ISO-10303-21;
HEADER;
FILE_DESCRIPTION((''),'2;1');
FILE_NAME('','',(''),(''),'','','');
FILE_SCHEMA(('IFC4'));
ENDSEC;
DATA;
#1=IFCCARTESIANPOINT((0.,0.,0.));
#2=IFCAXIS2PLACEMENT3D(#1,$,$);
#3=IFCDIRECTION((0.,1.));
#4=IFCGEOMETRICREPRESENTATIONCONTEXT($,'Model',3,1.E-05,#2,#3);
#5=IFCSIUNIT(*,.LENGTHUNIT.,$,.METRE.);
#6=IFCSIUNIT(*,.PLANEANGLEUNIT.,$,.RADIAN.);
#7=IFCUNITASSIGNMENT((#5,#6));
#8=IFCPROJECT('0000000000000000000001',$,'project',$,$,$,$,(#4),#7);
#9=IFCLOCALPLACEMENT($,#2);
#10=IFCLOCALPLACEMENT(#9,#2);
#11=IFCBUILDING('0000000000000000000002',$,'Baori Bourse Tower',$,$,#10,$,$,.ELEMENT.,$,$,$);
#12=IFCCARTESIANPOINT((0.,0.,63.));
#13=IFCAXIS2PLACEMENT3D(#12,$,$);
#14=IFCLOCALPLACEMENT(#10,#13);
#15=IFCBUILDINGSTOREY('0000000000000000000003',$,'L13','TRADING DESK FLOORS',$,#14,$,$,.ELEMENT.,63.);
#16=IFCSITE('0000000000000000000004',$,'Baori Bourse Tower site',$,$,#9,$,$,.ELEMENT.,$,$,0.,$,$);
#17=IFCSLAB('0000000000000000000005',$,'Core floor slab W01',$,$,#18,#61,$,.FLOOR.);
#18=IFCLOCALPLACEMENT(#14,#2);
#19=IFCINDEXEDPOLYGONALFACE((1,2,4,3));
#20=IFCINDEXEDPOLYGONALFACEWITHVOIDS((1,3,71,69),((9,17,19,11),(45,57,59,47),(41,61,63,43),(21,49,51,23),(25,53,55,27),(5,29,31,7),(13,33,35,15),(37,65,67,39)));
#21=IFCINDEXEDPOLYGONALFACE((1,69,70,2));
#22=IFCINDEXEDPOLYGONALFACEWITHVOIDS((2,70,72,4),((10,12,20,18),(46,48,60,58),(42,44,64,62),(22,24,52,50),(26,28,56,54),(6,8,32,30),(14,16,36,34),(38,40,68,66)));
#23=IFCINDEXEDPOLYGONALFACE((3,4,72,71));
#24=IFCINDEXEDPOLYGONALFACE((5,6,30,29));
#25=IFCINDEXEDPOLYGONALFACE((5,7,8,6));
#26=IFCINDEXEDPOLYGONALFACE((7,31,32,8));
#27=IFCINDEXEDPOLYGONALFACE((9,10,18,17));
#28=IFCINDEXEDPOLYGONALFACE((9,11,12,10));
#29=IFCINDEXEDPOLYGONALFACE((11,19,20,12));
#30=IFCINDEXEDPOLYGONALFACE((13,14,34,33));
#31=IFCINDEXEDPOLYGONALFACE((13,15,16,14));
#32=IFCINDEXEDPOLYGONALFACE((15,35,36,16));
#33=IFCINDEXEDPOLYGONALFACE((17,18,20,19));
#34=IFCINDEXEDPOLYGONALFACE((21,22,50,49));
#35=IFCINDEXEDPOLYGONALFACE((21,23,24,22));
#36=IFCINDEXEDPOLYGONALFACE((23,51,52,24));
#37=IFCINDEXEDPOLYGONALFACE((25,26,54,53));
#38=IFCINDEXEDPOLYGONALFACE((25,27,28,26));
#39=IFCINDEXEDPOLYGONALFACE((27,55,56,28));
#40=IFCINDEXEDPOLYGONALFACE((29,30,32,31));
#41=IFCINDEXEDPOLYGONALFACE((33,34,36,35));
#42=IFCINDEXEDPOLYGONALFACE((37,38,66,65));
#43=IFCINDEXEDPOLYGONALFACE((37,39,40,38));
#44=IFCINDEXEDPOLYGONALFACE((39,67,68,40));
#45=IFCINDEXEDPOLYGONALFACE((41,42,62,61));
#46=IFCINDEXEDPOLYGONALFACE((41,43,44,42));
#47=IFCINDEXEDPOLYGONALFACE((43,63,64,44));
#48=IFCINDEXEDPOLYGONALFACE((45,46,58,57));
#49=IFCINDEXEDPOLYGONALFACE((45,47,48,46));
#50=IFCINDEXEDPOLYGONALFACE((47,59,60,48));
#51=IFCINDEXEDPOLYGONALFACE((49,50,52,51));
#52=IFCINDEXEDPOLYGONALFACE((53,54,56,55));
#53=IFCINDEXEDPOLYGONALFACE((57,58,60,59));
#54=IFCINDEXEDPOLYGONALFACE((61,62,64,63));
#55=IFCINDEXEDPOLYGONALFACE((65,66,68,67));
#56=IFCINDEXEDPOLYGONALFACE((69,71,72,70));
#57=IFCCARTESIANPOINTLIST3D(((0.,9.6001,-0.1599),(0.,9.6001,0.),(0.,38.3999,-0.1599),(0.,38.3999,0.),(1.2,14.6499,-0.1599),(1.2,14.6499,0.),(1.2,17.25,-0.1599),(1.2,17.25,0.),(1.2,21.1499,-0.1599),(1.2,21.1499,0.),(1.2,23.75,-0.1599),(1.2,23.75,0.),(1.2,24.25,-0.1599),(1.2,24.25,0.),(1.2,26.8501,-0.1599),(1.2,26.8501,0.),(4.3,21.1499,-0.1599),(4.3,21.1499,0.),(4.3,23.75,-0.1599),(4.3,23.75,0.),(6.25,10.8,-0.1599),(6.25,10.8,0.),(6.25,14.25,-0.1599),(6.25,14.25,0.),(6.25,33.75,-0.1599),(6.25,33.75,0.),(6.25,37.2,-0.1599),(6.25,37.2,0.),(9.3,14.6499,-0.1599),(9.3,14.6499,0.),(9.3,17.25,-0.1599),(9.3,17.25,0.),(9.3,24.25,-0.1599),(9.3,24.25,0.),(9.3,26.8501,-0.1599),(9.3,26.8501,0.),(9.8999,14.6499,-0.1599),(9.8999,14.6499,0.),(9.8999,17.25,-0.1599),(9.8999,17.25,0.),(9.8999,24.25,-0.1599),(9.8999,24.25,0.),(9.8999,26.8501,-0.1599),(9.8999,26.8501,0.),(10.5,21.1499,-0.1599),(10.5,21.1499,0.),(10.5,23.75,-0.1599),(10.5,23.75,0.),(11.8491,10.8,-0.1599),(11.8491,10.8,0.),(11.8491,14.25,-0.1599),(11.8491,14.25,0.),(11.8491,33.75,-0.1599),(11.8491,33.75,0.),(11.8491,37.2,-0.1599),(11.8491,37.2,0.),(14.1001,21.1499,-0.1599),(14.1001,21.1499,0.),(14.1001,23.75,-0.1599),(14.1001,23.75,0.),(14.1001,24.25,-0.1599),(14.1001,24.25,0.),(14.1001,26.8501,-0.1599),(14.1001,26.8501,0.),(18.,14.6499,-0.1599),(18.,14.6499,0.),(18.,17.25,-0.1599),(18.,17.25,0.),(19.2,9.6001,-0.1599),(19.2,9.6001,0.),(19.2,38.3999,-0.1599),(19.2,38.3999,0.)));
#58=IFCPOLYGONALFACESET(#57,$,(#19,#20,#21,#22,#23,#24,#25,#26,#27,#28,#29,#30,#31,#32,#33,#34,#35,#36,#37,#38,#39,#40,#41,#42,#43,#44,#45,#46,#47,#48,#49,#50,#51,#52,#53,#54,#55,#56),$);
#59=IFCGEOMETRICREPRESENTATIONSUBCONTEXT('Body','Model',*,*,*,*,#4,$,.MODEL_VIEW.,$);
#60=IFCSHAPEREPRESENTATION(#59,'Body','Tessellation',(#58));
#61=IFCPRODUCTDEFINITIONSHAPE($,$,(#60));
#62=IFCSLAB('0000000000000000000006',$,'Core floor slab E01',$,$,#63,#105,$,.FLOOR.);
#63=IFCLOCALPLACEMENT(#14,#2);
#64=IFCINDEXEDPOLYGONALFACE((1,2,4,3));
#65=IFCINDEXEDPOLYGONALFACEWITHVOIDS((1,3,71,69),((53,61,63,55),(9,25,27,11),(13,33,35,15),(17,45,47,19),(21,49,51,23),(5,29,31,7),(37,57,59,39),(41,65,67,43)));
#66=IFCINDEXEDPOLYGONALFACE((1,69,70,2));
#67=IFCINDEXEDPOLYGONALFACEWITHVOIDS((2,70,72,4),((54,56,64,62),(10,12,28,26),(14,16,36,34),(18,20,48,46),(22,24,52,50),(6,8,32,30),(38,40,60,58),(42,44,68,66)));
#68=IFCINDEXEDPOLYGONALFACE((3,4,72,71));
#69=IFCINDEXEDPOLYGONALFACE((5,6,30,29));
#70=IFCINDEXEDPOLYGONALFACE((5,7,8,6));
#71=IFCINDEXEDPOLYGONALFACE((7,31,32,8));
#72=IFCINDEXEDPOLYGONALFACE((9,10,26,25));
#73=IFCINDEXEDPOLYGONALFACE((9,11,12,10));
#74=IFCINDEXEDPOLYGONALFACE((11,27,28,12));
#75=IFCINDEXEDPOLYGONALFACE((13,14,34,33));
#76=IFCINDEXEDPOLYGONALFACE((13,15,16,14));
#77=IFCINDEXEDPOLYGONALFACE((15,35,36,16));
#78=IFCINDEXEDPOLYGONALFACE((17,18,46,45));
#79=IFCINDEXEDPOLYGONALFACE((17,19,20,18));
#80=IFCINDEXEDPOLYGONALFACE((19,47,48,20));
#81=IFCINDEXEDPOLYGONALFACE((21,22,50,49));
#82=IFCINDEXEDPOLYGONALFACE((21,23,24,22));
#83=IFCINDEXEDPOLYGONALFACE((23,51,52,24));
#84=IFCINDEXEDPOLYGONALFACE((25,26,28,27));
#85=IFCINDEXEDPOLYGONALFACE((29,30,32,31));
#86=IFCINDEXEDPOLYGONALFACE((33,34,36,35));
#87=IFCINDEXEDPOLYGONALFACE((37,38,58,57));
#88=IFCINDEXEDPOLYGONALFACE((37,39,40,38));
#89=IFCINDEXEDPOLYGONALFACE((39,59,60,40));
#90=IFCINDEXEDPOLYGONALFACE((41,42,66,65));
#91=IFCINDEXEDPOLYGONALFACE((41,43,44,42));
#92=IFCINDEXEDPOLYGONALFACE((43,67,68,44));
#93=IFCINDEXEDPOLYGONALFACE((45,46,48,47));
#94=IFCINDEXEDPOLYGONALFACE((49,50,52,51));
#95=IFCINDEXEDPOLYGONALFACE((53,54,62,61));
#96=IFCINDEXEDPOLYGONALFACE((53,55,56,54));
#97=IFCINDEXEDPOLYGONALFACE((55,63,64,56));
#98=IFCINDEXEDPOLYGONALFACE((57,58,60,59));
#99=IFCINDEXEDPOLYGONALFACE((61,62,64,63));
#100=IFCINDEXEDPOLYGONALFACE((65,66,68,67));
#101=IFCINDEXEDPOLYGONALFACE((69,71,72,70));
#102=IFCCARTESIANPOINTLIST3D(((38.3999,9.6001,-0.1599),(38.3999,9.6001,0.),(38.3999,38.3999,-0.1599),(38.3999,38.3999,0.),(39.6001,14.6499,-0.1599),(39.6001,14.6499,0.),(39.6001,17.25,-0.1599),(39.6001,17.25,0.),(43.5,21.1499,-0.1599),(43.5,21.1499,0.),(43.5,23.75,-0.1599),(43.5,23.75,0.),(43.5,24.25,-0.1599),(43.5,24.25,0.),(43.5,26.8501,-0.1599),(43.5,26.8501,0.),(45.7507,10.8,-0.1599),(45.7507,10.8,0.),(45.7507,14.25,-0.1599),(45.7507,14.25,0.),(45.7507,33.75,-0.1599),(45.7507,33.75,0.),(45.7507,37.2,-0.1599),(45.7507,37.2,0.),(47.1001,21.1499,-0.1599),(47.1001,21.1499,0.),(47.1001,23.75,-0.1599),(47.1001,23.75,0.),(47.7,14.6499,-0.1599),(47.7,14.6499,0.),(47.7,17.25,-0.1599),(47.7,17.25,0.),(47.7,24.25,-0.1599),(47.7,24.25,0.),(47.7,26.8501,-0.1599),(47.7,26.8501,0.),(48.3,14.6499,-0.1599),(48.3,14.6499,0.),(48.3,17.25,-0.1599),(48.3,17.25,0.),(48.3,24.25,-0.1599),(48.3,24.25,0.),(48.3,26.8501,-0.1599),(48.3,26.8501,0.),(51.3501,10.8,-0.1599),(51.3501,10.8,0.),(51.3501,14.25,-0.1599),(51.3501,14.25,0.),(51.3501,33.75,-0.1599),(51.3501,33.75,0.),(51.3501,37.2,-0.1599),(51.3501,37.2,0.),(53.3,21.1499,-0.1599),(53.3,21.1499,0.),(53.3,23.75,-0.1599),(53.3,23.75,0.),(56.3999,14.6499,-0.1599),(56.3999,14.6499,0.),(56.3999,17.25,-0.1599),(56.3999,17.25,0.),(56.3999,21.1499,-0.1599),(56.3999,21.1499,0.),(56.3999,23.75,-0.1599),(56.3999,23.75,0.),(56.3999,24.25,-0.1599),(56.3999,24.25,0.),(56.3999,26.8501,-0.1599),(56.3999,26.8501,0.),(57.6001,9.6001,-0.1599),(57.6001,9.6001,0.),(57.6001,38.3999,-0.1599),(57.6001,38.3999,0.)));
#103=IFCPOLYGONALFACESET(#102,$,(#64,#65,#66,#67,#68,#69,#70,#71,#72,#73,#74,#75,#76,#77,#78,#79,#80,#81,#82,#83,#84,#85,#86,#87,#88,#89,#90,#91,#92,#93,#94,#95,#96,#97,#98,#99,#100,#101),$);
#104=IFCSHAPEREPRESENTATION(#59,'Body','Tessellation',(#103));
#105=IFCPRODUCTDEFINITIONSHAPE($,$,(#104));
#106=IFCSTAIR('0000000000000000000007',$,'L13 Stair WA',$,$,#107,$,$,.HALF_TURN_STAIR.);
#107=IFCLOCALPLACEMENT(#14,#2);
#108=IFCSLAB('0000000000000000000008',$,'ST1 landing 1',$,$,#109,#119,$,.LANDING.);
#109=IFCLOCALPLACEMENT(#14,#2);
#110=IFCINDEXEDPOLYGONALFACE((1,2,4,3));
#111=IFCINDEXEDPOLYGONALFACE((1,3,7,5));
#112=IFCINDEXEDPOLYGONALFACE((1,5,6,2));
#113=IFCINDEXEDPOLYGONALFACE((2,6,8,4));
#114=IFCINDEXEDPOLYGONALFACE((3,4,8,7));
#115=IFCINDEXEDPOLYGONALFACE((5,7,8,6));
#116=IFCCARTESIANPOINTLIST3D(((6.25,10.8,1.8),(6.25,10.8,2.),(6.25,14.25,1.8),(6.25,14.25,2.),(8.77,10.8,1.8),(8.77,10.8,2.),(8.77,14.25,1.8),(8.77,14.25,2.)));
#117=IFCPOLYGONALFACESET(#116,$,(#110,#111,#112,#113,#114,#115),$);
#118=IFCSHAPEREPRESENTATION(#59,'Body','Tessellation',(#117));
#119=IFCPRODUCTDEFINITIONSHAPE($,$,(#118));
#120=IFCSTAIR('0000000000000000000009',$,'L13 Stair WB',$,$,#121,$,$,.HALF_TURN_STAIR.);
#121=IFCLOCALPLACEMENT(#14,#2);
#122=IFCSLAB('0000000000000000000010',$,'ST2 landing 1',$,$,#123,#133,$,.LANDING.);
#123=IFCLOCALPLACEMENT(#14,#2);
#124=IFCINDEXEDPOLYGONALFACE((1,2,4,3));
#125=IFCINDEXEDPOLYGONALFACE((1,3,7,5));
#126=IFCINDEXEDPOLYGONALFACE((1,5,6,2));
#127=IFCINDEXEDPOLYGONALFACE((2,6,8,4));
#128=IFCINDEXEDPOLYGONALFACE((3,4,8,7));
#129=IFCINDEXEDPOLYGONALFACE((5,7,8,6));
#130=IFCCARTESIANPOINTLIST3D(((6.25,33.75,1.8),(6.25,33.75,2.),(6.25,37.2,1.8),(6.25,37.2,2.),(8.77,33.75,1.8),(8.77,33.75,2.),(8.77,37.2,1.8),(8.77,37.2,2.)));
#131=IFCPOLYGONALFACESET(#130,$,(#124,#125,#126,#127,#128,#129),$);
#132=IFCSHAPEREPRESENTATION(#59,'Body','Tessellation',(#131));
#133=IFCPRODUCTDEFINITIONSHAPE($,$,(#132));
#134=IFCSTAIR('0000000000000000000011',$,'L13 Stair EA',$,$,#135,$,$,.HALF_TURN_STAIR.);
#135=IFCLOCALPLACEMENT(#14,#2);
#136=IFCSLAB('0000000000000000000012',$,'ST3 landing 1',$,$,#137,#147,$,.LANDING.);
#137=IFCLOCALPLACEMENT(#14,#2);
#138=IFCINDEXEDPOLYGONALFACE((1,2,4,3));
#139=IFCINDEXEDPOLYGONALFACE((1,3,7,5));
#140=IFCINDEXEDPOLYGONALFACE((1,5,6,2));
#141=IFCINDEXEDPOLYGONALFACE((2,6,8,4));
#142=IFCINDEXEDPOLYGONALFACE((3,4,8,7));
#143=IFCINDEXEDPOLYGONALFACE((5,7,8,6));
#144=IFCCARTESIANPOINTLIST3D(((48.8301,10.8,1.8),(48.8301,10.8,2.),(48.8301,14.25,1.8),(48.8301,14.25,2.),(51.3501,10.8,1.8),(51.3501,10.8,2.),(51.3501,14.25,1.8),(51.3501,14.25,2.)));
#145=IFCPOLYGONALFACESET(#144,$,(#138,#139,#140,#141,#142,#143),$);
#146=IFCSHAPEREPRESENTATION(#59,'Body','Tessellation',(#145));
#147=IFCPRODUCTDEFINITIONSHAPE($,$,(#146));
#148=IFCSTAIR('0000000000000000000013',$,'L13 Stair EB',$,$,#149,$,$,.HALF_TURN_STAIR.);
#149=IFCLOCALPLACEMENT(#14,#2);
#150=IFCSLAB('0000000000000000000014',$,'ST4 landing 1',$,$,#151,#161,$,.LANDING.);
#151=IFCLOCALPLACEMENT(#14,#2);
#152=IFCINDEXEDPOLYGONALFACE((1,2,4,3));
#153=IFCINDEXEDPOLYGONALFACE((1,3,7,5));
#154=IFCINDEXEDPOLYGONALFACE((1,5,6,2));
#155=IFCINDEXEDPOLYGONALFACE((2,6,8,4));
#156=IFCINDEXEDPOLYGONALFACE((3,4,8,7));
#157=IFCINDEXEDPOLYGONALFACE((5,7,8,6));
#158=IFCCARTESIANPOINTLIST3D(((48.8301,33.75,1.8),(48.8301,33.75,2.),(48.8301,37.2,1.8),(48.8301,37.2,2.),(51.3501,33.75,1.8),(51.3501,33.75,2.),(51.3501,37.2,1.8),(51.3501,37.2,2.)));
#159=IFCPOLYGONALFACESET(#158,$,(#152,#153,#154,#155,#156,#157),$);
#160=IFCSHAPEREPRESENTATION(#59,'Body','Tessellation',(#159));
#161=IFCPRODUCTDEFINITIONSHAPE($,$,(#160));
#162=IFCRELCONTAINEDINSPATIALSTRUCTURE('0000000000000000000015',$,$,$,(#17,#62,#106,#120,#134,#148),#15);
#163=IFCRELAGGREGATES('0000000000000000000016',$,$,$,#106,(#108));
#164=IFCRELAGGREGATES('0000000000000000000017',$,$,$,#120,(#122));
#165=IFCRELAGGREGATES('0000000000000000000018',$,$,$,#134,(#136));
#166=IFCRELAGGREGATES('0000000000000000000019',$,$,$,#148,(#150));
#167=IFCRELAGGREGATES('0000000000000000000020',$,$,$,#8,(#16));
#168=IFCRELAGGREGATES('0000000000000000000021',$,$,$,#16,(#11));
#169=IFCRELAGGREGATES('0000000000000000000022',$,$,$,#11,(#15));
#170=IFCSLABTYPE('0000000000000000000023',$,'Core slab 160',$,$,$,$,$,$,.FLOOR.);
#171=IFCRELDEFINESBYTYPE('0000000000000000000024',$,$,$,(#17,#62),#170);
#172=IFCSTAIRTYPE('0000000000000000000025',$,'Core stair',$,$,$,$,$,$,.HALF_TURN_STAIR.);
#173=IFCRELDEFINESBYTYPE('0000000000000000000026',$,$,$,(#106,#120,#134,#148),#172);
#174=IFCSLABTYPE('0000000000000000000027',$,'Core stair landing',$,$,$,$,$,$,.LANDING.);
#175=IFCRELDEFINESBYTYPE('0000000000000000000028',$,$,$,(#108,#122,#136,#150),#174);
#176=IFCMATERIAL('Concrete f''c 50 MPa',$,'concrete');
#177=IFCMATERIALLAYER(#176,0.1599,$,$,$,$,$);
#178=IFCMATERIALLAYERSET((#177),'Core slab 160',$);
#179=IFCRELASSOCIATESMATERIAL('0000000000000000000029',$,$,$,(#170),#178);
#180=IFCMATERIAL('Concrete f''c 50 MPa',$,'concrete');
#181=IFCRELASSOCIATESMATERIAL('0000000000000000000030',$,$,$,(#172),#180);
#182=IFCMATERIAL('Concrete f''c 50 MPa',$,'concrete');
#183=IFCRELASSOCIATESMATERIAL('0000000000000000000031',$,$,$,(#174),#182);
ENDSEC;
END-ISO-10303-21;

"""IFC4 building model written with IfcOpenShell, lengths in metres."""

from ifc_helpers import new_model, si_unit, direction, frame, origin, place, context, subcontext, project, spatial, polyline, outline, extrude, material, layer, layer_set, type_object, element, aggregate, save


model = new_model("IFC4")

# Units and contexts
model_context = context("Model", 3, precision=1e-05, world=origin(), true_north=direction((0.0, 1.0)))
body_context = subcontext(model_context, "Body", "Model", "MODEL_VIEW")
ifc_project = project(units=[si_unit("LENGTHUNIT", "METRE"), si_unit("PLANEANGLEUNIT", "RADIAN")], contexts=[model_context])

# Site, building, storey
site_placement = place(None, origin())
site = spatial("IfcSite", under=ifc_project, at=site_placement, Name="Baori Bourse Tower site", CompositionType="ELEMENT", RefElevation=0.0)
building_placement = place(site_placement, origin())
building = spatial("IfcBuilding", under=site, at=building_placement, Name="Baori Bourse Tower", CompositionType="ELEMENT")
storey_placement = place(building_placement, frame((0.0, 0.0, 63.0)))
storey = spatial("IfcBuildingStorey", under=building, at=storey_placement, Name="L13", Description="TRADING DESK FLOORS", CompositionType="ELEMENT", Elevation=63.0)

# Slabs
ifc_material_1 = material(Name="Concrete f'c 50 MPa", Category="concrete")
ifc_layer_1 = layer(ifc_material_1, 0.1599)
ifc_layer_set_1 = layer_set([ifc_layer_1], Name="Core slab 160")
slab_type_1 = type_object("IfcSlabType", Name="Core slab 160", PredefinedType="FLOOR", material=ifc_layer_set_1)
slab_1_placement = place(storey_placement, frame((0.0, 0.0, -0.1599)))
element("IfcSlab", 1, at=slab_1_placement, inside=storey, type_object=slab_type_1, Name="Core floor slab W01", PredefinedType="FLOOR", context=body_context, shape_type="SweptSolid", body=[
    extrude(outline(polyline([(19.2, 9.6001), (19.2, 38.3999), (0.0, 38.3999), (0.0, 9.6001), (19.2, 9.6001)]), holes=[polyline([(9.8999, 14.6499), (9.8999, 17.25), (18.0, 17.25), (18.0, 14.6499), (9.8999, 14.6499)]), polyline([(10.5, 21.1499), (10.5, 23.75), (14.1001, 23.75), (14.1001, 21.1499), (10.5, 21.1499)]), polyline([(14.1001, 24.25), (9.8999, 24.25), (9.8999, 26.8501), (14.1001, 26.8501), (14.1001, 24.25)]), polyline([(6.25, 14.25), (11.8491, 14.25), (11.8491, 10.8), (6.25, 10.8), (6.25, 14.25)]), polyline([(11.8491, 37.2), (11.8491, 33.75), (6.25, 33.75), (6.25, 37.2), (11.8491, 37.2)]), polyline([(1.2, 26.8501), (9.3, 26.8501), (9.3, 24.25), (1.2, 24.25), (1.2, 26.8501)]), polyline([(9.3, 14.6499), (1.2, 14.6499), (1.2, 17.25), (9.3, 17.25), (9.3, 14.6499)]), polyline([(4.3, 23.75), (4.3, 21.1499), (1.2, 21.1499), (1.2, 23.75), (4.3, 23.75)])]), origin(), (0.0, 0.0, 1.0), 0.1599),
])
slab_2_placement = place(storey_placement, frame((0.0, 0.0, -0.1599)))
element("IfcSlab", 2, at=slab_2_placement, inside=storey, type_object=slab_type_1, Name="Core floor slab E01", PredefinedType="FLOOR", context=body_context, shape_type="SweptSolid", body=[
    extrude(outline(polyline([(38.3999, 9.6001), (57.6001, 9.6001), (57.6001, 38.3999), (38.3999, 38.3999), (38.3999, 9.6001)]), holes=[polyline([(48.3, 14.6499), (48.3, 17.25), (56.3999, 17.25), (56.3999, 14.6499), (48.3, 14.6499)]), polyline([(56.3999, 21.1499), (53.3, 21.1499), (53.3, 23.75), (56.3999, 23.75), (56.3999, 21.1499)]), polyline([(56.3999, 26.8501), (56.3999, 24.25), (48.3, 24.25), (48.3, 26.8501), (56.3999, 26.8501)]), polyline([(45.7507, 14.25), (51.3501, 14.25), (51.3501, 10.8), (45.7507, 10.8), (45.7507, 14.25)]), polyline([(51.3501, 37.2), (51.3501, 33.75), (45.7507, 33.75), (45.7507, 37.2), (51.3501, 37.2)]), polyline([(39.6001, 17.25), (47.7, 17.25), (47.7, 14.6499), (39.6001, 14.6499), (39.6001, 17.25)]), polyline([(43.5, 24.25), (43.5, 26.8501), (47.7, 26.8501), (47.7, 24.25), (43.5, 24.25)]), polyline([(43.5, 23.75), (47.1001, 23.75), (47.1001, 21.1499), (43.5, 21.1499), (43.5, 23.75)])]), origin(), (0.0, 0.0, 1.0), 0.1599),
])

# Stairs, slabs
ifc_material_2 = material(Name="Concrete f'c 50 MPa", Category="concrete")
stair_type = type_object("IfcStairType", Name="Core stair", PredefinedType="HALF_TURN_STAIR", material=ifc_material_2)
stair_1_placement = place(storey_placement, origin())
stair_1 = element("IfcStair", 3, at=stair_1_placement, inside=storey, type_object=stair_type, Name="L13 Stair WA", PredefinedType="HALF_TURN_STAIR")
ifc_material_3 = material(Name="Concrete f'c 50 MPa", Category="concrete")
slab_type_2 = type_object("IfcSlabType", Name="Core stair landing", PredefinedType="LANDING", material=ifc_material_3)
slab_3_placement = place(storey_placement, frame((0.0, 0.0, 1.8)))
slab_3 = element("IfcSlab", 4, at=slab_3_placement, type_object=slab_type_2, Name="ST1 landing 1", PredefinedType="LANDING", context=body_context, shape_type="SweptSolid", body=[
    extrude(outline(polyline([(8.77, 14.25), (6.25, 14.25), (6.25, 10.8), (8.77, 10.8), (8.77, 14.25)])), origin(), (0.0, 0.0, 1.0), 0.2),
])
aggregate(stair_1, [slab_3])
stair_2_placement = place(storey_placement, origin())
stair_2 = element("IfcStair", 5, at=stair_2_placement, inside=storey, type_object=stair_type, Name="L13 Stair WB", PredefinedType="HALF_TURN_STAIR")
slab_4_placement = place(storey_placement, frame((0.0, 0.0, 1.8)))
slab_4 = element("IfcSlab", 6, at=slab_4_placement, type_object=slab_type_2, Name="ST2 landing 1", PredefinedType="LANDING", context=body_context, shape_type="SweptSolid", body=[
    extrude(outline(polyline([(8.77, 37.2), (6.25, 37.2), (6.25, 33.75), (8.77, 33.75), (8.77, 37.2)])), origin(), (0.0, 0.0, 1.0), 0.2),
])
aggregate(stair_2, [slab_4])
stair_3_placement = place(storey_placement, origin())
stair_3 = element("IfcStair", 7, at=stair_3_placement, inside=storey, type_object=stair_type, Name="L13 Stair EA", PredefinedType="HALF_TURN_STAIR")
slab_5_placement = place(storey_placement, frame((0.0, 0.0, 1.8)))
slab_5 = element("IfcSlab", 8, at=slab_5_placement, type_object=slab_type_2, Name="ST3 landing 1", PredefinedType="LANDING", context=body_context, shape_type="SweptSolid", body=[
    extrude(outline(polyline([(48.8301, 10.8), (51.3501, 10.8), (51.3501, 14.25), (48.8301, 14.25), (48.8301, 10.8)])), origin(), (0.0, 0.0, 1.0), 0.2),
])
aggregate(stair_3, [slab_5])
stair_4_placement = place(storey_placement, origin())
stair_4 = element("IfcStair", 9, at=stair_4_placement, inside=storey, type_object=stair_type, Name="L13 Stair EB", PredefinedType="HALF_TURN_STAIR")
slab_6_placement = place(storey_placement, frame((0.0, 0.0, 1.8)))
slab_6 = element("IfcSlab", 10, at=slab_6_placement, type_object=slab_type_2, Name="ST4 landing 1", PredefinedType="LANDING", context=body_context, shape_type="SweptSolid", body=[
    extrude(outline(polyline([(48.8301, 33.75), (51.3501, 33.75), (51.3501, 37.2), (48.8301, 37.2), (48.8301, 33.75)])), origin(), (0.0, 0.0, 1.0), 0.2),
])
aggregate(stair_4, [slab_6])

save(model, "model.ifc")
